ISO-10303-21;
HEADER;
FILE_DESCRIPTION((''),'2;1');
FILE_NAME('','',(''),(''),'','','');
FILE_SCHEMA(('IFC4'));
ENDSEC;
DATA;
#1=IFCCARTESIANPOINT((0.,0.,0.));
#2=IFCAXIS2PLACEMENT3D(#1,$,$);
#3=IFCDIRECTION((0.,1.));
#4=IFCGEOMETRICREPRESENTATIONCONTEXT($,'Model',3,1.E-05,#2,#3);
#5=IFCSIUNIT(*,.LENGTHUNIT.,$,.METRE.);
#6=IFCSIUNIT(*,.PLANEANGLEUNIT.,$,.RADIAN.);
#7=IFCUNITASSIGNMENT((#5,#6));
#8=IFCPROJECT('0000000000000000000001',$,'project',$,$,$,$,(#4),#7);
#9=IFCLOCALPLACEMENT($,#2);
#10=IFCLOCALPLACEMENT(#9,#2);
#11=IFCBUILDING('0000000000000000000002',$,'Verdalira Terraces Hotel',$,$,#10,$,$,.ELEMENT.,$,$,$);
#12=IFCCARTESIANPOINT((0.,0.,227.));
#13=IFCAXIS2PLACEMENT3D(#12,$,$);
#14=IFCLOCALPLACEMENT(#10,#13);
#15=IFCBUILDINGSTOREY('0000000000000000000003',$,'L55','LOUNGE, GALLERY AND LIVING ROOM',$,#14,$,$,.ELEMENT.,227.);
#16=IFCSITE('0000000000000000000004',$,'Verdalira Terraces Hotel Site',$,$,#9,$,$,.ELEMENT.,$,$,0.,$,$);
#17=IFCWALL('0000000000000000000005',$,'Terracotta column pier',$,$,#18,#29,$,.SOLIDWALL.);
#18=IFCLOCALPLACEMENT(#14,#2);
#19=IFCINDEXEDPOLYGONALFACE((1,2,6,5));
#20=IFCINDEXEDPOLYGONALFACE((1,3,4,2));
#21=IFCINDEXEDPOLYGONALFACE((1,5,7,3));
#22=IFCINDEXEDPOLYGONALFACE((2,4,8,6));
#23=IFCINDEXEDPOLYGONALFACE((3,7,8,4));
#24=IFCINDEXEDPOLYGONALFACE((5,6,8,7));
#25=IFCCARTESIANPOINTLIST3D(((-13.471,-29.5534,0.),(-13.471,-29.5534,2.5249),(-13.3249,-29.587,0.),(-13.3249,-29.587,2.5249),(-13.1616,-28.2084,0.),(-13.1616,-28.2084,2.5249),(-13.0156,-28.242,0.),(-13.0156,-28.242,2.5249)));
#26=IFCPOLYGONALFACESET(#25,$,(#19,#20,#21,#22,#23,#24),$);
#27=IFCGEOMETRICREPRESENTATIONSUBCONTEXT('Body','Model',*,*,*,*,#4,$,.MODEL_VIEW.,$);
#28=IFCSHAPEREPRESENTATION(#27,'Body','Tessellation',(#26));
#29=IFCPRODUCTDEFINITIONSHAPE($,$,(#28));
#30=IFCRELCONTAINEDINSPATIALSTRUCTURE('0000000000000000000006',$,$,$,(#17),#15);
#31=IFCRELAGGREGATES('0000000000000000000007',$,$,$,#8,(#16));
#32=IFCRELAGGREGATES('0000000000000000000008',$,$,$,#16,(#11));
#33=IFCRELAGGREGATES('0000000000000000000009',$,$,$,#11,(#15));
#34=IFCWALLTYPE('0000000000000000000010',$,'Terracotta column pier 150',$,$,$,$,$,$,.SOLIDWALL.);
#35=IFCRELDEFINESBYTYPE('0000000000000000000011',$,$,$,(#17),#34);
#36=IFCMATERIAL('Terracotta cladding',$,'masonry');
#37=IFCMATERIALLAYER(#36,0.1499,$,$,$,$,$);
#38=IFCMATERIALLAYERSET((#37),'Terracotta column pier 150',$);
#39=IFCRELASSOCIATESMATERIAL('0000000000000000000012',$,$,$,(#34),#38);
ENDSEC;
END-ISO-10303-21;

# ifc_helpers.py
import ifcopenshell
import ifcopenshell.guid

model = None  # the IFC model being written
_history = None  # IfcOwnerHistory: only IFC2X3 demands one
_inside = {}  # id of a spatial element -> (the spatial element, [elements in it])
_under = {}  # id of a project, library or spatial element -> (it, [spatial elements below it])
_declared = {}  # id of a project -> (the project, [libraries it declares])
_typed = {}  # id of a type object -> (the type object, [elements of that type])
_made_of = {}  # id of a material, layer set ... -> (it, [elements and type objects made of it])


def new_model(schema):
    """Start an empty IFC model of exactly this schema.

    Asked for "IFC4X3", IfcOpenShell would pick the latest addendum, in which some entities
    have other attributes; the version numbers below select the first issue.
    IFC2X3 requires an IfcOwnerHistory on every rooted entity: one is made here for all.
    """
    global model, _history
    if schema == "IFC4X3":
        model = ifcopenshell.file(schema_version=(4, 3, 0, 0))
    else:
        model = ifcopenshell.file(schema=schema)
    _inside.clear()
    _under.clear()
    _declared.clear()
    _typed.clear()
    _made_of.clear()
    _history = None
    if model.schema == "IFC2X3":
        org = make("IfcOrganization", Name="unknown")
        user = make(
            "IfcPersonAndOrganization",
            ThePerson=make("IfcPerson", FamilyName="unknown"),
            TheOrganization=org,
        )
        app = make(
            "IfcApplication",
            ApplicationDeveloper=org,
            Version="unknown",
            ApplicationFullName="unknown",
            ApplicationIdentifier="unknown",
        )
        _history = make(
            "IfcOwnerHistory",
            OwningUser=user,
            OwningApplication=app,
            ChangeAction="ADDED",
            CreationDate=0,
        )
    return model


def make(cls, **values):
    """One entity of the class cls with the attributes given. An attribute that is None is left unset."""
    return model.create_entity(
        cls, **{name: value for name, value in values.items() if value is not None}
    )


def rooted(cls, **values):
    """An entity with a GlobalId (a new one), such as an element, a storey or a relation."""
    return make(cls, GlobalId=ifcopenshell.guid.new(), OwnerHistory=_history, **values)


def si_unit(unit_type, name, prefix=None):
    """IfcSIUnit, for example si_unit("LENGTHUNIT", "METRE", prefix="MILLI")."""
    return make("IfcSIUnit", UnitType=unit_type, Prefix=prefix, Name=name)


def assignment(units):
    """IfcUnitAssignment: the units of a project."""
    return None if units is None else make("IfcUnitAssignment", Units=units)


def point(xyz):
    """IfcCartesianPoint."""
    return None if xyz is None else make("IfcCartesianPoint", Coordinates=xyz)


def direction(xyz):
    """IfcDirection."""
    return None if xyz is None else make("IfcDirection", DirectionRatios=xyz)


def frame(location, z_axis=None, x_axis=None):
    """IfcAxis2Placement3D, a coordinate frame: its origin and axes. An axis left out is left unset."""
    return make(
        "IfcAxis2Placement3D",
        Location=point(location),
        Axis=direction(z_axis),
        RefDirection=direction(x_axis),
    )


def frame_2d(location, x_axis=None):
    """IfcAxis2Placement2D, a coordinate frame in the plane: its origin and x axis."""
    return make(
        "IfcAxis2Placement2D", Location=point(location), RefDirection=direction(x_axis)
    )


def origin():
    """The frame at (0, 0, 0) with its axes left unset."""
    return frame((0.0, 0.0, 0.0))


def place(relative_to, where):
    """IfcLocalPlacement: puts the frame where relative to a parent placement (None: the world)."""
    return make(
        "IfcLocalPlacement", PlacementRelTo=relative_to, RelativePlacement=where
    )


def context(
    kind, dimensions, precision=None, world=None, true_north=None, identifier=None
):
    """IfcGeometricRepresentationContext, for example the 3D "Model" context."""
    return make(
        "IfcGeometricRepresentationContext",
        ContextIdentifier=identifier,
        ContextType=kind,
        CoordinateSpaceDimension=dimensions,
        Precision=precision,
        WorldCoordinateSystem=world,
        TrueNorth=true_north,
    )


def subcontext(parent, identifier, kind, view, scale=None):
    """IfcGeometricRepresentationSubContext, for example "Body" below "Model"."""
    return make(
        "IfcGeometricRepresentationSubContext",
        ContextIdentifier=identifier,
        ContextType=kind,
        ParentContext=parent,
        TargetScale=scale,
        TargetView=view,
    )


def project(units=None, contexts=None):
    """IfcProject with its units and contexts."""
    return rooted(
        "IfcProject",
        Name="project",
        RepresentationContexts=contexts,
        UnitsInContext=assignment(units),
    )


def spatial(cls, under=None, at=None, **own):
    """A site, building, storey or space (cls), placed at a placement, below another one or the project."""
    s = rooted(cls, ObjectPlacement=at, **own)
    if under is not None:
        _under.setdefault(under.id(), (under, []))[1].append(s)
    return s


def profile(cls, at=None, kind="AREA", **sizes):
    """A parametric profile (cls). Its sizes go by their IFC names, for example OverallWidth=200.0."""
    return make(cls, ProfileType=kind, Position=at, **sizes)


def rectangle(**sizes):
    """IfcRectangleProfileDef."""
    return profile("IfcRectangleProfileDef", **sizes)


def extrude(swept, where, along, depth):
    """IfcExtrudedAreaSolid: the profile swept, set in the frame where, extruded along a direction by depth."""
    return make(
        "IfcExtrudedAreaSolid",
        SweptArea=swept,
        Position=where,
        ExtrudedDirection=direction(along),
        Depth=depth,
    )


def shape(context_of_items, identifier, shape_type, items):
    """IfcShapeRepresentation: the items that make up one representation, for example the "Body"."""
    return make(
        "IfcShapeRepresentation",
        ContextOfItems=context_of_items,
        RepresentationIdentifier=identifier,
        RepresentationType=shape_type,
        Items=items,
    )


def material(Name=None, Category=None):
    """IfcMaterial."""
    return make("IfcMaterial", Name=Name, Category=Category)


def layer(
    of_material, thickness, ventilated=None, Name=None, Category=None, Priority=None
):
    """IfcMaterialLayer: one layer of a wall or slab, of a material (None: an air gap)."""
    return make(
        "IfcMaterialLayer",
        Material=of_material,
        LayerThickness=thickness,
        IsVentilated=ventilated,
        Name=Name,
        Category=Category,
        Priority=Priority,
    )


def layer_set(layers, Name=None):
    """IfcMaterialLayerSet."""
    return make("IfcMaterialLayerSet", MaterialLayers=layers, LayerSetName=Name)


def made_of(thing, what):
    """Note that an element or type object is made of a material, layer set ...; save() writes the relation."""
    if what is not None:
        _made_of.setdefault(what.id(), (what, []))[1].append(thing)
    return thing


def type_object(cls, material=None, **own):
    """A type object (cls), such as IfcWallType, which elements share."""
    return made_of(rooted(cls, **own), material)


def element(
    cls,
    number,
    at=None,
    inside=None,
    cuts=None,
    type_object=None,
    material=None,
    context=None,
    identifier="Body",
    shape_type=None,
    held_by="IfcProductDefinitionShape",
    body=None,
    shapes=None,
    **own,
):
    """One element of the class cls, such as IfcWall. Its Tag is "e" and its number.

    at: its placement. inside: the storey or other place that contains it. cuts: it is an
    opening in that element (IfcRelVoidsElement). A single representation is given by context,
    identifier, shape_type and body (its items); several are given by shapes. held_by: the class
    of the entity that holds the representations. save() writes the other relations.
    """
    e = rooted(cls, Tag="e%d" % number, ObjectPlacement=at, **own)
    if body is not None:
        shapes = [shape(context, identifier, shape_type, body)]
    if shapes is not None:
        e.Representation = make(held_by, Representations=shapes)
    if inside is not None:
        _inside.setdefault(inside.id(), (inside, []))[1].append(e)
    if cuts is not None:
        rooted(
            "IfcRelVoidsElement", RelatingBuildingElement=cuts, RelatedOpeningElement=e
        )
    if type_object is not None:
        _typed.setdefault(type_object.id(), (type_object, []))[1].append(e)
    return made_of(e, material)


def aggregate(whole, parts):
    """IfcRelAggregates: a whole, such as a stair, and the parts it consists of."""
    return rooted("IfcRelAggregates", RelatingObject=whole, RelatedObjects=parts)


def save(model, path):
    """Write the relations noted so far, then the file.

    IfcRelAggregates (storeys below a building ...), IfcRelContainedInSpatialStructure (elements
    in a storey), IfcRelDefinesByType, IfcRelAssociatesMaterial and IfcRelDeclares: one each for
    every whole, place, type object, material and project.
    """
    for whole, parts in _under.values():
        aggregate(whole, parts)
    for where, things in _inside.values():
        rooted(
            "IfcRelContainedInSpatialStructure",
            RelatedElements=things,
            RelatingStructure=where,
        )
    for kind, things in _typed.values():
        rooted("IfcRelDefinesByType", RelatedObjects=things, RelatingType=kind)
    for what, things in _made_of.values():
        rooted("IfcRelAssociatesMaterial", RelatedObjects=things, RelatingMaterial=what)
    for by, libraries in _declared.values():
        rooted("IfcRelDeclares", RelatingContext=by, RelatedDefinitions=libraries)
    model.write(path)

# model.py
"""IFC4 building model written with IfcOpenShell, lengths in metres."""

from ifc_helpers import new_model, si_unit, direction, frame, frame_2d, origin, place, context, subcontext, project, spatial, rectangle, extrude, material, layer, layer_set, type_object, element, save


model = new_model("IFC4")

# Units and contexts
model_context = context("Model", 3, precision=1e-05, world=origin(), true_north=direction((0.0, 1.0)))
body_context = subcontext(model_context, "Body", "Model", "MODEL_VIEW")
ifc_project = project(units=[si_unit("LENGTHUNIT", "METRE"), si_unit("PLANEANGLEUNIT", "RADIAN")], contexts=[model_context])

# Site, building, storey
site_placement = place(None, origin())
site = spatial("IfcSite", under=ifc_project, at=site_placement, Name="Verdalira Terraces Hotel Site", CompositionType="ELEMENT", RefElevation=0.0)
building_placement = place(site_placement, origin())
building = spatial("IfcBuilding", under=site, at=building_placement, Name="Verdalira Terraces Hotel", CompositionType="ELEMENT")
storey_placement = place(building_placement, frame((0.0, 0.0, 227.0)))
storey = spatial("IfcBuildingStorey", under=building, at=storey_placement, Name="L55", Description="LOUNGE, GALLERY AND LIVING ROOM", CompositionType="ELEMENT", Elevation=227.0)

# Wall
ifc_material_1 = material(Name="Terracotta cladding", Category="masonry")
ifc_layer_1 = layer(ifc_material_1, 0.1499)
ifc_layer_set_1 = layer_set([ifc_layer_1], Name="Terracotta column pier 150")
wall_type_1 = type_object("IfcWallType", Name="Terracotta column pier 150", PredefinedType="SOLIDWALL", material=ifc_layer_set_1)
wall_1_placement = place(storey_placement, frame((-13.0886, -28.2253, 0.0), z_axis=(0.0, 0.0, 1.0), x_axis=(-0.224136, -0.974558, 0.0)))
element("IfcWall", 1, at=wall_1_placement, inside=storey, type_object=wall_type_1, Name="Terracotta column pier", PredefinedType="SOLIDWALL", context=body_context, shape_type="SweptSolid", body=[
    extrude(rectangle(XDim=1.3801, YDim=0.1499, at=frame_2d((0.6899, 0.0))), origin(), (0.0, 0.0, 1.0), 2.5249),
])

save(model, "model.ifc")
